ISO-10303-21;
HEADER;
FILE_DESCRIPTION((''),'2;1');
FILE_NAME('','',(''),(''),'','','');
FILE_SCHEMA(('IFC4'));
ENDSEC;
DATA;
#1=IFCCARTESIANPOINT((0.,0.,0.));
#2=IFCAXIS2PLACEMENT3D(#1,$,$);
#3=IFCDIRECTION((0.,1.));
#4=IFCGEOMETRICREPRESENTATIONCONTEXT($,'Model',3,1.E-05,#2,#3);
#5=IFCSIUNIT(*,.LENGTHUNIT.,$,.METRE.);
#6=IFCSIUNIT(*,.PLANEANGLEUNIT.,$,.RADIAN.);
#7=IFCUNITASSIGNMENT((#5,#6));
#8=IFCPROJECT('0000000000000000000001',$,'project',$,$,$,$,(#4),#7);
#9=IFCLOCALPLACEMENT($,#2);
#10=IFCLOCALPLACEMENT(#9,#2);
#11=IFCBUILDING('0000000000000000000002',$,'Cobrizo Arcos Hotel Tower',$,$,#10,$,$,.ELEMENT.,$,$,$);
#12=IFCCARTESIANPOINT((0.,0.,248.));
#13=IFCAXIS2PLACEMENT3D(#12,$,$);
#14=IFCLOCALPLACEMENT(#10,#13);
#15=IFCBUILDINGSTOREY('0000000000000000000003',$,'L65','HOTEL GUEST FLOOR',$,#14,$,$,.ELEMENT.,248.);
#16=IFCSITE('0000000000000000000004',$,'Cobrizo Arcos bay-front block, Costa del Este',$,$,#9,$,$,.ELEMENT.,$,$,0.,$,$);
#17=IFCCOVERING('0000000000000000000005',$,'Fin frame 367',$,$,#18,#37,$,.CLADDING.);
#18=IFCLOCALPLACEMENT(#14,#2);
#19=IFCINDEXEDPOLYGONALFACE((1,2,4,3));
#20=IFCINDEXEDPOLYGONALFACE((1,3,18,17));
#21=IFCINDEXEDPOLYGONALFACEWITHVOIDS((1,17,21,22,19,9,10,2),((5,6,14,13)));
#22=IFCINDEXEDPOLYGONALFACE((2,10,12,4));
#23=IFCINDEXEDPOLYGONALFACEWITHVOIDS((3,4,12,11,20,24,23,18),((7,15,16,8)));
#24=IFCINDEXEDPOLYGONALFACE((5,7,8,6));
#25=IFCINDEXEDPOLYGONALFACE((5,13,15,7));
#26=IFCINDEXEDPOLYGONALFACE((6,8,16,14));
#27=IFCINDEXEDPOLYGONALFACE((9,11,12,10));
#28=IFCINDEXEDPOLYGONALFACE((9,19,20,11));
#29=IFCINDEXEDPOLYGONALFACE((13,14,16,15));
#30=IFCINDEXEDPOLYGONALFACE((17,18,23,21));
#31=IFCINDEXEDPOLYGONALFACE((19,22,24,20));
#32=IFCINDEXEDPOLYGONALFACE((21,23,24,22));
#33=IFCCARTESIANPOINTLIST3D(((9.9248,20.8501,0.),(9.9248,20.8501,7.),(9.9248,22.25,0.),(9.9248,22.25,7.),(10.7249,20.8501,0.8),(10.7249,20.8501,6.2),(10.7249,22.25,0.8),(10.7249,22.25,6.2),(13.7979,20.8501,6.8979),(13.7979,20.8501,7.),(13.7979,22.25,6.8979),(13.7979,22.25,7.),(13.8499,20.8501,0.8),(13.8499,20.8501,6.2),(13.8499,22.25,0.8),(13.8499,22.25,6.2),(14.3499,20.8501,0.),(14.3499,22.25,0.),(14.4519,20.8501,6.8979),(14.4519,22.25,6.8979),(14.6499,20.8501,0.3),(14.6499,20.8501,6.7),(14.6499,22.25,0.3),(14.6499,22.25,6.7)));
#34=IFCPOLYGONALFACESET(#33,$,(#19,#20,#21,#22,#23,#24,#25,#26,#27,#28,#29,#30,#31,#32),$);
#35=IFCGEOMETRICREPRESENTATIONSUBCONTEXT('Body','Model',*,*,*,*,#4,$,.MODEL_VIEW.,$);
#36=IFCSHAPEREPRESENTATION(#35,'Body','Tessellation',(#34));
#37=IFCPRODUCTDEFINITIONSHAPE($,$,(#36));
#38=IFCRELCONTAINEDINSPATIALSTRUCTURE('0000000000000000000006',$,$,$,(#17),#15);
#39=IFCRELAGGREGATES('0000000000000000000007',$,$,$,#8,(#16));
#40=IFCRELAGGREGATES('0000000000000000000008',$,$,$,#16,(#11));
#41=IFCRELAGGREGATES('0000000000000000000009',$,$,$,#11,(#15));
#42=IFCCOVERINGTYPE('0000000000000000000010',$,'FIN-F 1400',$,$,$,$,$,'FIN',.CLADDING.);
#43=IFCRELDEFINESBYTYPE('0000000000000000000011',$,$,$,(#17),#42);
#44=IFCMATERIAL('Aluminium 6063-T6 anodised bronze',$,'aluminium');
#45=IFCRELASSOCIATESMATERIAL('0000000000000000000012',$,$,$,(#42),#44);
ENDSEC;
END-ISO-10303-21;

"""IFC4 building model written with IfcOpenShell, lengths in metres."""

from ifc_helpers import new_model, si_unit, direction, frame, origin, place, context, subcontext, project, spatial, polyline, outline, extrude, material, type_object, element, save


model = new_model("IFC4")

# Units and contexts
model_context = context("Model", 3, precision=1e-05, world=origin(), true_north=direction((0.0, 1.0)))
body_context = subcontext(model_context, "Body", "Model", "MODEL_VIEW")
ifc_project = project(units=[si_unit("LENGTHUNIT", "METRE"), si_unit("PLANEANGLEUNIT", "RADIAN")], contexts=[model_context])

# Site, building, storey
site_placement = place(None, origin())
site = spatial("IfcSite", under=ifc_project, at=site_placement, Name="Cobrizo Arcos bay-front block, Costa del Este", CompositionType="ELEMENT", RefElevation=0.0)
building_placement = place(site_placement, origin())
building = spatial("IfcBuilding", under=site, at=building_placement, Name="Cobrizo Arcos Hotel Tower", CompositionType="ELEMENT")
storey_placement = place(building_placement, frame((0.0, 0.0, 248.0)))
storey = spatial("IfcBuildingStorey", under=building, at=storey_placement, Name="L65", Description="HOTEL GUEST FLOOR", CompositionType="ELEMENT", Elevation=248.0)

# Shared definitions
ifc_material_1 = material(Name="Aluminium 6063-T6 anodised bronze", Category="aluminium")

# Covering
covering_type = type_object("IfcCoveringType", Name="FIN-F 1400", ElementType="FIN", PredefinedType="CLADDING", material=ifc_material_1)
covering_placement = place(storey_placement, frame((14.6499, 20.8501, 0.0), z_axis=(0.0, 1.0, 0.0), x_axis=(-1.0, 0.0, 0.0)))
element("IfcCovering", 1, at=covering_placement, inside=storey, type_object=covering_type, Name="Fin frame 367", PredefinedType="CLADDING", context=body_context, shape_type="SweptSolid", body=[
    extrude(outline(polyline([(4.7251, 7.0), (0.8521, 7.0), (0.8521, 6.8979), (0.198, 6.8979), (0.0, 6.7), (0.0, 0.3), (0.3, 0.0), (4.7251, 0.0), (4.7251, 7.0)]), holes=[polyline([(3.925, 0.8), (0.8, 0.8), (0.8, 6.2), (3.925, 6.2), (3.925, 0.8)])]), origin(), (0.0, 0.0, 1.0), 1.3999),
])

save(model, "model.ifc")
